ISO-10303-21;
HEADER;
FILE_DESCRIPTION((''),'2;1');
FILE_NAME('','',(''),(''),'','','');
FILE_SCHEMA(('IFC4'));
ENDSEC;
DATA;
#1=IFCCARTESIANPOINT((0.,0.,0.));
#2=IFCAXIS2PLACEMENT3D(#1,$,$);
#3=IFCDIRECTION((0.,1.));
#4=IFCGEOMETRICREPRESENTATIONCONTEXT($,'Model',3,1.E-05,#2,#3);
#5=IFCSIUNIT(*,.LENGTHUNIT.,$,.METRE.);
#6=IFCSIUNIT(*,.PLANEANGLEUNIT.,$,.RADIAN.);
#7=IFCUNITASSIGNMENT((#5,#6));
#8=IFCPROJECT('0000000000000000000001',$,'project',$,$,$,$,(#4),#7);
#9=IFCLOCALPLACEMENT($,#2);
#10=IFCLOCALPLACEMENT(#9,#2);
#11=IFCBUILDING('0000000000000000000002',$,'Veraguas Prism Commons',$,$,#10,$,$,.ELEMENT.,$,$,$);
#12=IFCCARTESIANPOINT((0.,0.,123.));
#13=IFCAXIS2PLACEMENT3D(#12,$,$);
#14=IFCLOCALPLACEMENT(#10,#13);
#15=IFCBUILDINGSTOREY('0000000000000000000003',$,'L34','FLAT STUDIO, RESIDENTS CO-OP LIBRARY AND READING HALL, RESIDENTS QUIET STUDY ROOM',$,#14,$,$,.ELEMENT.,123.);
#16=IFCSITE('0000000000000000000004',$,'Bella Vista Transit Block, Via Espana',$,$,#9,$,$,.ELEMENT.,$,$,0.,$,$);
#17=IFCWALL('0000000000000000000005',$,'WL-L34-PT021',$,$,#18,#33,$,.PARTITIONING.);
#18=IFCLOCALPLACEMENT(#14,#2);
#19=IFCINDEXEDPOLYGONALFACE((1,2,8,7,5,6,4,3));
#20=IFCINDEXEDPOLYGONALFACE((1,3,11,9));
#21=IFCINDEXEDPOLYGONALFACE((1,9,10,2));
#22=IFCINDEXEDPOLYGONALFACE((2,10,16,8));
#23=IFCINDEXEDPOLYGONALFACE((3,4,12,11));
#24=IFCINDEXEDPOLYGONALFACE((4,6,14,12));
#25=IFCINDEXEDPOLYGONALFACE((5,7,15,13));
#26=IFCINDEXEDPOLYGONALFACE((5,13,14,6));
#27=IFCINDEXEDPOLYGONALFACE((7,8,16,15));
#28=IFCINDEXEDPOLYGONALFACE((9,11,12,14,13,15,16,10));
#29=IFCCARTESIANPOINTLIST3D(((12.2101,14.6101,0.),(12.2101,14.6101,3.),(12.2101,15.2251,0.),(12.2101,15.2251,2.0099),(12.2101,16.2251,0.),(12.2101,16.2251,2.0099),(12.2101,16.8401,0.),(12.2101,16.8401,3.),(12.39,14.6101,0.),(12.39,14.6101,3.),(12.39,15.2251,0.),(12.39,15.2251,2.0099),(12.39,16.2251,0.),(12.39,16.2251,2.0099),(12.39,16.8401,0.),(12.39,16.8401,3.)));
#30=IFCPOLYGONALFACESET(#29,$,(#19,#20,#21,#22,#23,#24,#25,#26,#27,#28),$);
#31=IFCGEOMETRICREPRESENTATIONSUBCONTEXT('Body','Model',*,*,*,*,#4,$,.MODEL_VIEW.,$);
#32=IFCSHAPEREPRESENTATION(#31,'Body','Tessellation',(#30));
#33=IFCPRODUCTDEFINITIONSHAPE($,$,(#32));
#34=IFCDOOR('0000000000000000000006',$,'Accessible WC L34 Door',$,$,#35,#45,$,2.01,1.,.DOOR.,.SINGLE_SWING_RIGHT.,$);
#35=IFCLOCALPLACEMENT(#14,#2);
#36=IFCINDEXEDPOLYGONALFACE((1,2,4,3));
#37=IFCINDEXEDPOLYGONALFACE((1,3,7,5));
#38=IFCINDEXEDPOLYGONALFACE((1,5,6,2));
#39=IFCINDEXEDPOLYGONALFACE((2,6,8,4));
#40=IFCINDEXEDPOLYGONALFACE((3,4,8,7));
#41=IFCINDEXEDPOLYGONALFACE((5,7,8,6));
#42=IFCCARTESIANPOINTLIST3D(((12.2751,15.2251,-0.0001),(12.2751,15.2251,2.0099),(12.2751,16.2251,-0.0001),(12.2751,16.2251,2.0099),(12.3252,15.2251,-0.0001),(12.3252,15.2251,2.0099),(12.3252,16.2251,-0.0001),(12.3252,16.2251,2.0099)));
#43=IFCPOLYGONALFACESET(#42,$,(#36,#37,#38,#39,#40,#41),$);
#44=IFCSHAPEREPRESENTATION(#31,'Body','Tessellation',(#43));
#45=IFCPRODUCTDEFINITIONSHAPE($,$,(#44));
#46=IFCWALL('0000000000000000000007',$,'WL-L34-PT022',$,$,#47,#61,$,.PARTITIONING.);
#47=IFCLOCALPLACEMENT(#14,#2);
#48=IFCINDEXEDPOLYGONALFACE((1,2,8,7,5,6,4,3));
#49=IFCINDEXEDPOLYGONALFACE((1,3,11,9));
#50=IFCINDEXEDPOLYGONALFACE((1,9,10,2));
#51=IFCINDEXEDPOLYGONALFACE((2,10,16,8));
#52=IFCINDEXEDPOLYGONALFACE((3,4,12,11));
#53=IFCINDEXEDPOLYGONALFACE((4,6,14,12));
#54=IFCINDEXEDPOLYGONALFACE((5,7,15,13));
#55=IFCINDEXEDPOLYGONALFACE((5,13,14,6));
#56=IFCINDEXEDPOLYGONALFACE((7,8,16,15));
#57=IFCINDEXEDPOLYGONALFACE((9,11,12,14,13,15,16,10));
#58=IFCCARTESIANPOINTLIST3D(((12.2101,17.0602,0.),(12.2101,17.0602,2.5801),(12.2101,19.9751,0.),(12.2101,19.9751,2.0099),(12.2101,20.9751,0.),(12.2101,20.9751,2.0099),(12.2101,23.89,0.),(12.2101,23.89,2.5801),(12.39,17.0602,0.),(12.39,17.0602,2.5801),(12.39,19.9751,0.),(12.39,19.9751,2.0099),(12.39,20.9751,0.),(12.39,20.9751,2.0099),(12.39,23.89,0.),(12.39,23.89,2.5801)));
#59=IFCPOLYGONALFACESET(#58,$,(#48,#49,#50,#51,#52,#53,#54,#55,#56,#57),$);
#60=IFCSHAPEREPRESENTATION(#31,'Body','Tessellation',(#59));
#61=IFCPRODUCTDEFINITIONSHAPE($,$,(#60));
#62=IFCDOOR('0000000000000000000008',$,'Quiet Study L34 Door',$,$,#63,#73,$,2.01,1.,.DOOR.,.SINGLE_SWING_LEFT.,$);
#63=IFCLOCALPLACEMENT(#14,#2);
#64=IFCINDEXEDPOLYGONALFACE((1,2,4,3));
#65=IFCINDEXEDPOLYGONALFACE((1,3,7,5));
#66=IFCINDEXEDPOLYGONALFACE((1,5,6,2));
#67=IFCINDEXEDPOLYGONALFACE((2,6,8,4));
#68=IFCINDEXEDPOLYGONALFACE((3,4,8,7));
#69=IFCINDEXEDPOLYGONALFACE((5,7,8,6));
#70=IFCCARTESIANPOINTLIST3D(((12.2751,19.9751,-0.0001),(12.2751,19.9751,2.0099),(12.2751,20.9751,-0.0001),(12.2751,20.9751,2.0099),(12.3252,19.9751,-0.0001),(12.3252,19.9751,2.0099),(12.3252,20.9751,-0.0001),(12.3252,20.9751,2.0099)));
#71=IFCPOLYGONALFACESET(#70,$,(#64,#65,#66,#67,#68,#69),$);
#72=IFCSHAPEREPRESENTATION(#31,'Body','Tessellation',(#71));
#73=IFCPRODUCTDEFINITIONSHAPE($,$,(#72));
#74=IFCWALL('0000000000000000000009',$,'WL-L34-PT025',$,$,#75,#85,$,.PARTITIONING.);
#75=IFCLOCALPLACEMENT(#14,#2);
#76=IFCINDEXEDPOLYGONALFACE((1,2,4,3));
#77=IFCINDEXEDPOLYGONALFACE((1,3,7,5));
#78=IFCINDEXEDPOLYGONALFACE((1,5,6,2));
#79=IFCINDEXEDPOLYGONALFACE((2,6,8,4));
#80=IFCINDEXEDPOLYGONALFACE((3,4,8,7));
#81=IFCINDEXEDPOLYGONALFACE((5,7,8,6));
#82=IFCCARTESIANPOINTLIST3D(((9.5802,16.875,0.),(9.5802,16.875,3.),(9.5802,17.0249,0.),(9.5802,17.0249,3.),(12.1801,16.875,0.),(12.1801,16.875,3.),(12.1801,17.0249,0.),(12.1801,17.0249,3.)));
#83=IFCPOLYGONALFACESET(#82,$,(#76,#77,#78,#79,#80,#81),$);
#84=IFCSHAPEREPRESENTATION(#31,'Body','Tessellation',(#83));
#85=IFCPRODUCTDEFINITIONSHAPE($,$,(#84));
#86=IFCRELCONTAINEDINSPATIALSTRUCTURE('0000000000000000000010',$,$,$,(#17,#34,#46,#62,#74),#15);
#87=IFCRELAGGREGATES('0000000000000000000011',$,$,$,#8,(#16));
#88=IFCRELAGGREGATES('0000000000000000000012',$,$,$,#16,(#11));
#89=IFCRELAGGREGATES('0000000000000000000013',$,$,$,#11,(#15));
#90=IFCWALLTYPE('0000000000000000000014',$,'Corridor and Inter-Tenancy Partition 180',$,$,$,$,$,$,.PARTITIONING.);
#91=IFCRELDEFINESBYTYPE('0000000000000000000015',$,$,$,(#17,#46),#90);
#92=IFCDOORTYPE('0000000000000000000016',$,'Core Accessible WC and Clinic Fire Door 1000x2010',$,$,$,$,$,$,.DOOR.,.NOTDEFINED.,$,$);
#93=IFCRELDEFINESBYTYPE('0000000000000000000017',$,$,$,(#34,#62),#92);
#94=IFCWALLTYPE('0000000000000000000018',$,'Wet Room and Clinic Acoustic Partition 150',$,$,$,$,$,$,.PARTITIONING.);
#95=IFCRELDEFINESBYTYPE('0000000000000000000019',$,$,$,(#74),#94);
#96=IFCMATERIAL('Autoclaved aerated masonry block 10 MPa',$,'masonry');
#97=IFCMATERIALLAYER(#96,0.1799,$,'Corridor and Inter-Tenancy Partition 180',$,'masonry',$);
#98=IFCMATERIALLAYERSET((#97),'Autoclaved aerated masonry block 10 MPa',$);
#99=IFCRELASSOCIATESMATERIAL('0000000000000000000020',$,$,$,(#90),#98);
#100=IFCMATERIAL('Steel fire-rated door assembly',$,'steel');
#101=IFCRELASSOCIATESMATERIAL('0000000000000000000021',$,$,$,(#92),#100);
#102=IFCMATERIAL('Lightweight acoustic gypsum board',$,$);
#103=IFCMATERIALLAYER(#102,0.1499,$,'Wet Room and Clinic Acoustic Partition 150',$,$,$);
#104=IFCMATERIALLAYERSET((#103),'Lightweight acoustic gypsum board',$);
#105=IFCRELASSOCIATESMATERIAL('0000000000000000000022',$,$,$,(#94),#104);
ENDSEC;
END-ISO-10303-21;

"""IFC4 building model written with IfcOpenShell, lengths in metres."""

from ifc_helpers import new_model, si_unit, direction, frame, frame_2d, origin, place, context, subcontext, project, spatial, rectangle, extrude, source, transform, mapped, material, layer, layer_set, type_object, element, fill, save


model = new_model("IFC4")

# Units and contexts
model_context = context("Model", 3, precision=1e-05, world=origin(), true_north=direction((0.0, 1.0)))
body_context = subcontext(model_context, "Body", "Model", "MODEL_VIEW")
ifc_project = project(units=[si_unit("LENGTHUNIT", "METRE"), si_unit("PLANEANGLEUNIT", "RADIAN")], contexts=[model_context])

# Site, building, storey
site_placement = place(None, origin())
site = spatial("IfcSite", under=ifc_project, at=site_placement, Name="Bella Vista Transit Block, Via Espana", CompositionType="ELEMENT", RefElevation=0.0)
building_placement = place(site_placement, origin())
building = spatial("IfcBuilding", under=site, at=building_placement, Name="Veraguas Prism Commons", CompositionType="ELEMENT")
storey_placement = place(building_placement, frame((0.0, 0.0, 123.0)))
storey = spatial("IfcBuildingStorey", under=building, at=storey_placement, Name="L34", Description="FLAT STUDIO, RESIDENTS CO-OP LIBRARY AND READING HALL, RESIDENTS QUIET STUDY ROOM", CompositionType="ELEMENT", Elevation=123.0)

# Shared definitions
ifc_material_1 = material(Name="Steel fire-rated door assembly", Category="steel")

# Shared definitions
ifc_material_2 = material(Name="Autoclaved aerated masonry block 10 MPa", Category="masonry")
ifc_layer_1 = layer(ifc_material_2, 0.1799, Name="Corridor and Inter-Tenancy Partition 180", Category="masonry")
ifc_layer_set_1 = layer_set([ifc_layer_1], Name="Autoclaved aerated masonry block 10 MPa")
wall_type_1 = type_object("IfcWallType", Name="Corridor and Inter-Tenancy Partition 180", PredefinedType="PARTITIONING", material=ifc_layer_set_1)

# Walls, openings, doors
door_type_1 = type_object("IfcDoorType", Name="Core Accessible WC and Clinic Fire Door 1000x2010", OperationType="NOTDEFINED", PredefinedType="DOOR", material=ifc_material_1)
shared_shape_1 = source(origin(), body_context, "Body", "SweptSolid", [
    extrude(rectangle(XDim=1.0, YDim=2.01, at=frame_2d((0.5, 1.0049))), frame((0.0, 0.0249, 0.0), z_axis=(0.0, -1.0, 0.0), x_axis=(1.0, 0.0, 0.0)), (0.0, 0.0, 1.0), 0.05),
])
wall_1_placement = place(storey_placement, frame((12.3, 14.6101, 0.0), z_axis=(0.0, 0.0, 1.0), x_axis=(0.0, 1.0, 0.0)))
wall_1 = element("IfcWall", 1, at=wall_1_placement, inside=storey, type_object=wall_type_1, Name="WL-L34-PT021", PredefinedType="PARTITIONING", context=body_context, shape_type="SweptSolid", body=[
    extrude(rectangle(XDim=2.23, YDim=0.1799, at=frame_2d((1.115, 0.0))), origin(), (0.0, 0.0, 1.0), 3.0),
])
opening_1_placement = place(wall_1_placement, frame((0.615, 0.0, 0.0)))
opening_1 = element("IfcOpeningElement", 2, at=opening_1_placement, cuts=wall_1, PredefinedType="OPENING", context=body_context, shape_type="SweptSolid", body=[
    extrude(rectangle(XDim=1.0, YDim=2.01, at=frame_2d((0.5, 1.0049))), frame((0.0, 0.0999, 0.0), z_axis=(0.0, -1.0, 0.0), x_axis=(1.0, 0.0, 0.0)), (0.0, 0.0, 1.0), 0.2),
])
door_1_placement = place(opening_1_placement, origin())
door_1 = element("IfcDoor", 3, at=door_1_placement, inside=storey, type_object=door_type_1, Name="Accessible WC L34 Door", OperationType="SINGLE_SWING_RIGHT", OverallHeight=2.01, OverallWidth=1.0, PredefinedType="DOOR", context=body_context, shape_type="MappedRepresentation", body=[
    mapped(shared_shape_1, transform((0.0, 0.0, 0.0), scale=1.0)),
])
fill(opening_1, door_1)
wall_2_placement = place(storey_placement, frame((12.3, 17.0601, 0.0), z_axis=(0.0, 0.0, 1.0), x_axis=(0.0, 1.0, 0.0)))
wall_2 = element("IfcWall", 4, at=wall_2_placement, inside=storey, type_object=wall_type_1, Name="WL-L34-PT022", PredefinedType="PARTITIONING", context=body_context, shape_type="SweptSolid", body=[
    extrude(rectangle(XDim=6.8298, YDim=0.1799, at=frame_2d((3.415, 0.0))), origin(), (0.0, 0.0, 1.0), 2.5801),
])
opening_2_placement = place(wall_2_placement, frame((2.915, 0.0, 0.0)))
opening_2 = element("IfcOpeningElement", 5, at=opening_2_placement, cuts=wall_2, PredefinedType="OPENING", context=body_context, shape_type="SweptSolid", body=[
    extrude(rectangle(XDim=1.0, YDim=2.01, at=frame_2d((0.5, 1.0049))), frame((0.0, 0.0999, 0.0), z_axis=(0.0, -1.0, 0.0), x_axis=(1.0, 0.0, 0.0)), (0.0, 0.0, 1.0), 0.2),
])
door_2_placement = place(opening_2_placement, origin())
door_2 = element("IfcDoor", 6, at=door_2_placement, inside=storey, type_object=door_type_1, Name="Quiet Study L34 Door", OperationType="SINGLE_SWING_LEFT", OverallHeight=2.01, OverallWidth=1.0, PredefinedType="DOOR", context=body_context, shape_type="MappedRepresentation", body=[
    mapped(shared_shape_1, transform((0.0, 0.0, 0.0), scale=1.0)),
])
fill(opening_2, door_2)

# Wall
ifc_material_3 = material(Name="Lightweight acoustic gypsum board")
ifc_layer_2 = layer(ifc_material_3, 0.1499, Name="Wet Room and Clinic Acoustic Partition 150")
ifc_layer_set_2 = layer_set([ifc_layer_2], Name="Lightweight acoustic gypsum board")
wall_type_2 = type_object("IfcWallType", Name="Wet Room and Clinic Acoustic Partition 150", PredefinedType="PARTITIONING", material=ifc_layer_set_2)
wall_3_placement = place(storey_placement, frame((12.1799, 16.95, 0.0), z_axis=(0.0, 0.0, 1.0), x_axis=(-1.0, 0.0, 0.0)))
element("IfcWall", 7, at=wall_3_placement, inside=storey, type_object=wall_type_2, Name="WL-L34-PT025", PredefinedType="PARTITIONING", context=body_context, shape_type="SweptSolid", body=[
    extrude(rectangle(XDim=2.5999, YDim=0.1499, at=frame_2d((1.2998, 0.0))), origin(), (0.0, 0.0, 1.0), 3.0),
])

save(model, "model.ifc")
